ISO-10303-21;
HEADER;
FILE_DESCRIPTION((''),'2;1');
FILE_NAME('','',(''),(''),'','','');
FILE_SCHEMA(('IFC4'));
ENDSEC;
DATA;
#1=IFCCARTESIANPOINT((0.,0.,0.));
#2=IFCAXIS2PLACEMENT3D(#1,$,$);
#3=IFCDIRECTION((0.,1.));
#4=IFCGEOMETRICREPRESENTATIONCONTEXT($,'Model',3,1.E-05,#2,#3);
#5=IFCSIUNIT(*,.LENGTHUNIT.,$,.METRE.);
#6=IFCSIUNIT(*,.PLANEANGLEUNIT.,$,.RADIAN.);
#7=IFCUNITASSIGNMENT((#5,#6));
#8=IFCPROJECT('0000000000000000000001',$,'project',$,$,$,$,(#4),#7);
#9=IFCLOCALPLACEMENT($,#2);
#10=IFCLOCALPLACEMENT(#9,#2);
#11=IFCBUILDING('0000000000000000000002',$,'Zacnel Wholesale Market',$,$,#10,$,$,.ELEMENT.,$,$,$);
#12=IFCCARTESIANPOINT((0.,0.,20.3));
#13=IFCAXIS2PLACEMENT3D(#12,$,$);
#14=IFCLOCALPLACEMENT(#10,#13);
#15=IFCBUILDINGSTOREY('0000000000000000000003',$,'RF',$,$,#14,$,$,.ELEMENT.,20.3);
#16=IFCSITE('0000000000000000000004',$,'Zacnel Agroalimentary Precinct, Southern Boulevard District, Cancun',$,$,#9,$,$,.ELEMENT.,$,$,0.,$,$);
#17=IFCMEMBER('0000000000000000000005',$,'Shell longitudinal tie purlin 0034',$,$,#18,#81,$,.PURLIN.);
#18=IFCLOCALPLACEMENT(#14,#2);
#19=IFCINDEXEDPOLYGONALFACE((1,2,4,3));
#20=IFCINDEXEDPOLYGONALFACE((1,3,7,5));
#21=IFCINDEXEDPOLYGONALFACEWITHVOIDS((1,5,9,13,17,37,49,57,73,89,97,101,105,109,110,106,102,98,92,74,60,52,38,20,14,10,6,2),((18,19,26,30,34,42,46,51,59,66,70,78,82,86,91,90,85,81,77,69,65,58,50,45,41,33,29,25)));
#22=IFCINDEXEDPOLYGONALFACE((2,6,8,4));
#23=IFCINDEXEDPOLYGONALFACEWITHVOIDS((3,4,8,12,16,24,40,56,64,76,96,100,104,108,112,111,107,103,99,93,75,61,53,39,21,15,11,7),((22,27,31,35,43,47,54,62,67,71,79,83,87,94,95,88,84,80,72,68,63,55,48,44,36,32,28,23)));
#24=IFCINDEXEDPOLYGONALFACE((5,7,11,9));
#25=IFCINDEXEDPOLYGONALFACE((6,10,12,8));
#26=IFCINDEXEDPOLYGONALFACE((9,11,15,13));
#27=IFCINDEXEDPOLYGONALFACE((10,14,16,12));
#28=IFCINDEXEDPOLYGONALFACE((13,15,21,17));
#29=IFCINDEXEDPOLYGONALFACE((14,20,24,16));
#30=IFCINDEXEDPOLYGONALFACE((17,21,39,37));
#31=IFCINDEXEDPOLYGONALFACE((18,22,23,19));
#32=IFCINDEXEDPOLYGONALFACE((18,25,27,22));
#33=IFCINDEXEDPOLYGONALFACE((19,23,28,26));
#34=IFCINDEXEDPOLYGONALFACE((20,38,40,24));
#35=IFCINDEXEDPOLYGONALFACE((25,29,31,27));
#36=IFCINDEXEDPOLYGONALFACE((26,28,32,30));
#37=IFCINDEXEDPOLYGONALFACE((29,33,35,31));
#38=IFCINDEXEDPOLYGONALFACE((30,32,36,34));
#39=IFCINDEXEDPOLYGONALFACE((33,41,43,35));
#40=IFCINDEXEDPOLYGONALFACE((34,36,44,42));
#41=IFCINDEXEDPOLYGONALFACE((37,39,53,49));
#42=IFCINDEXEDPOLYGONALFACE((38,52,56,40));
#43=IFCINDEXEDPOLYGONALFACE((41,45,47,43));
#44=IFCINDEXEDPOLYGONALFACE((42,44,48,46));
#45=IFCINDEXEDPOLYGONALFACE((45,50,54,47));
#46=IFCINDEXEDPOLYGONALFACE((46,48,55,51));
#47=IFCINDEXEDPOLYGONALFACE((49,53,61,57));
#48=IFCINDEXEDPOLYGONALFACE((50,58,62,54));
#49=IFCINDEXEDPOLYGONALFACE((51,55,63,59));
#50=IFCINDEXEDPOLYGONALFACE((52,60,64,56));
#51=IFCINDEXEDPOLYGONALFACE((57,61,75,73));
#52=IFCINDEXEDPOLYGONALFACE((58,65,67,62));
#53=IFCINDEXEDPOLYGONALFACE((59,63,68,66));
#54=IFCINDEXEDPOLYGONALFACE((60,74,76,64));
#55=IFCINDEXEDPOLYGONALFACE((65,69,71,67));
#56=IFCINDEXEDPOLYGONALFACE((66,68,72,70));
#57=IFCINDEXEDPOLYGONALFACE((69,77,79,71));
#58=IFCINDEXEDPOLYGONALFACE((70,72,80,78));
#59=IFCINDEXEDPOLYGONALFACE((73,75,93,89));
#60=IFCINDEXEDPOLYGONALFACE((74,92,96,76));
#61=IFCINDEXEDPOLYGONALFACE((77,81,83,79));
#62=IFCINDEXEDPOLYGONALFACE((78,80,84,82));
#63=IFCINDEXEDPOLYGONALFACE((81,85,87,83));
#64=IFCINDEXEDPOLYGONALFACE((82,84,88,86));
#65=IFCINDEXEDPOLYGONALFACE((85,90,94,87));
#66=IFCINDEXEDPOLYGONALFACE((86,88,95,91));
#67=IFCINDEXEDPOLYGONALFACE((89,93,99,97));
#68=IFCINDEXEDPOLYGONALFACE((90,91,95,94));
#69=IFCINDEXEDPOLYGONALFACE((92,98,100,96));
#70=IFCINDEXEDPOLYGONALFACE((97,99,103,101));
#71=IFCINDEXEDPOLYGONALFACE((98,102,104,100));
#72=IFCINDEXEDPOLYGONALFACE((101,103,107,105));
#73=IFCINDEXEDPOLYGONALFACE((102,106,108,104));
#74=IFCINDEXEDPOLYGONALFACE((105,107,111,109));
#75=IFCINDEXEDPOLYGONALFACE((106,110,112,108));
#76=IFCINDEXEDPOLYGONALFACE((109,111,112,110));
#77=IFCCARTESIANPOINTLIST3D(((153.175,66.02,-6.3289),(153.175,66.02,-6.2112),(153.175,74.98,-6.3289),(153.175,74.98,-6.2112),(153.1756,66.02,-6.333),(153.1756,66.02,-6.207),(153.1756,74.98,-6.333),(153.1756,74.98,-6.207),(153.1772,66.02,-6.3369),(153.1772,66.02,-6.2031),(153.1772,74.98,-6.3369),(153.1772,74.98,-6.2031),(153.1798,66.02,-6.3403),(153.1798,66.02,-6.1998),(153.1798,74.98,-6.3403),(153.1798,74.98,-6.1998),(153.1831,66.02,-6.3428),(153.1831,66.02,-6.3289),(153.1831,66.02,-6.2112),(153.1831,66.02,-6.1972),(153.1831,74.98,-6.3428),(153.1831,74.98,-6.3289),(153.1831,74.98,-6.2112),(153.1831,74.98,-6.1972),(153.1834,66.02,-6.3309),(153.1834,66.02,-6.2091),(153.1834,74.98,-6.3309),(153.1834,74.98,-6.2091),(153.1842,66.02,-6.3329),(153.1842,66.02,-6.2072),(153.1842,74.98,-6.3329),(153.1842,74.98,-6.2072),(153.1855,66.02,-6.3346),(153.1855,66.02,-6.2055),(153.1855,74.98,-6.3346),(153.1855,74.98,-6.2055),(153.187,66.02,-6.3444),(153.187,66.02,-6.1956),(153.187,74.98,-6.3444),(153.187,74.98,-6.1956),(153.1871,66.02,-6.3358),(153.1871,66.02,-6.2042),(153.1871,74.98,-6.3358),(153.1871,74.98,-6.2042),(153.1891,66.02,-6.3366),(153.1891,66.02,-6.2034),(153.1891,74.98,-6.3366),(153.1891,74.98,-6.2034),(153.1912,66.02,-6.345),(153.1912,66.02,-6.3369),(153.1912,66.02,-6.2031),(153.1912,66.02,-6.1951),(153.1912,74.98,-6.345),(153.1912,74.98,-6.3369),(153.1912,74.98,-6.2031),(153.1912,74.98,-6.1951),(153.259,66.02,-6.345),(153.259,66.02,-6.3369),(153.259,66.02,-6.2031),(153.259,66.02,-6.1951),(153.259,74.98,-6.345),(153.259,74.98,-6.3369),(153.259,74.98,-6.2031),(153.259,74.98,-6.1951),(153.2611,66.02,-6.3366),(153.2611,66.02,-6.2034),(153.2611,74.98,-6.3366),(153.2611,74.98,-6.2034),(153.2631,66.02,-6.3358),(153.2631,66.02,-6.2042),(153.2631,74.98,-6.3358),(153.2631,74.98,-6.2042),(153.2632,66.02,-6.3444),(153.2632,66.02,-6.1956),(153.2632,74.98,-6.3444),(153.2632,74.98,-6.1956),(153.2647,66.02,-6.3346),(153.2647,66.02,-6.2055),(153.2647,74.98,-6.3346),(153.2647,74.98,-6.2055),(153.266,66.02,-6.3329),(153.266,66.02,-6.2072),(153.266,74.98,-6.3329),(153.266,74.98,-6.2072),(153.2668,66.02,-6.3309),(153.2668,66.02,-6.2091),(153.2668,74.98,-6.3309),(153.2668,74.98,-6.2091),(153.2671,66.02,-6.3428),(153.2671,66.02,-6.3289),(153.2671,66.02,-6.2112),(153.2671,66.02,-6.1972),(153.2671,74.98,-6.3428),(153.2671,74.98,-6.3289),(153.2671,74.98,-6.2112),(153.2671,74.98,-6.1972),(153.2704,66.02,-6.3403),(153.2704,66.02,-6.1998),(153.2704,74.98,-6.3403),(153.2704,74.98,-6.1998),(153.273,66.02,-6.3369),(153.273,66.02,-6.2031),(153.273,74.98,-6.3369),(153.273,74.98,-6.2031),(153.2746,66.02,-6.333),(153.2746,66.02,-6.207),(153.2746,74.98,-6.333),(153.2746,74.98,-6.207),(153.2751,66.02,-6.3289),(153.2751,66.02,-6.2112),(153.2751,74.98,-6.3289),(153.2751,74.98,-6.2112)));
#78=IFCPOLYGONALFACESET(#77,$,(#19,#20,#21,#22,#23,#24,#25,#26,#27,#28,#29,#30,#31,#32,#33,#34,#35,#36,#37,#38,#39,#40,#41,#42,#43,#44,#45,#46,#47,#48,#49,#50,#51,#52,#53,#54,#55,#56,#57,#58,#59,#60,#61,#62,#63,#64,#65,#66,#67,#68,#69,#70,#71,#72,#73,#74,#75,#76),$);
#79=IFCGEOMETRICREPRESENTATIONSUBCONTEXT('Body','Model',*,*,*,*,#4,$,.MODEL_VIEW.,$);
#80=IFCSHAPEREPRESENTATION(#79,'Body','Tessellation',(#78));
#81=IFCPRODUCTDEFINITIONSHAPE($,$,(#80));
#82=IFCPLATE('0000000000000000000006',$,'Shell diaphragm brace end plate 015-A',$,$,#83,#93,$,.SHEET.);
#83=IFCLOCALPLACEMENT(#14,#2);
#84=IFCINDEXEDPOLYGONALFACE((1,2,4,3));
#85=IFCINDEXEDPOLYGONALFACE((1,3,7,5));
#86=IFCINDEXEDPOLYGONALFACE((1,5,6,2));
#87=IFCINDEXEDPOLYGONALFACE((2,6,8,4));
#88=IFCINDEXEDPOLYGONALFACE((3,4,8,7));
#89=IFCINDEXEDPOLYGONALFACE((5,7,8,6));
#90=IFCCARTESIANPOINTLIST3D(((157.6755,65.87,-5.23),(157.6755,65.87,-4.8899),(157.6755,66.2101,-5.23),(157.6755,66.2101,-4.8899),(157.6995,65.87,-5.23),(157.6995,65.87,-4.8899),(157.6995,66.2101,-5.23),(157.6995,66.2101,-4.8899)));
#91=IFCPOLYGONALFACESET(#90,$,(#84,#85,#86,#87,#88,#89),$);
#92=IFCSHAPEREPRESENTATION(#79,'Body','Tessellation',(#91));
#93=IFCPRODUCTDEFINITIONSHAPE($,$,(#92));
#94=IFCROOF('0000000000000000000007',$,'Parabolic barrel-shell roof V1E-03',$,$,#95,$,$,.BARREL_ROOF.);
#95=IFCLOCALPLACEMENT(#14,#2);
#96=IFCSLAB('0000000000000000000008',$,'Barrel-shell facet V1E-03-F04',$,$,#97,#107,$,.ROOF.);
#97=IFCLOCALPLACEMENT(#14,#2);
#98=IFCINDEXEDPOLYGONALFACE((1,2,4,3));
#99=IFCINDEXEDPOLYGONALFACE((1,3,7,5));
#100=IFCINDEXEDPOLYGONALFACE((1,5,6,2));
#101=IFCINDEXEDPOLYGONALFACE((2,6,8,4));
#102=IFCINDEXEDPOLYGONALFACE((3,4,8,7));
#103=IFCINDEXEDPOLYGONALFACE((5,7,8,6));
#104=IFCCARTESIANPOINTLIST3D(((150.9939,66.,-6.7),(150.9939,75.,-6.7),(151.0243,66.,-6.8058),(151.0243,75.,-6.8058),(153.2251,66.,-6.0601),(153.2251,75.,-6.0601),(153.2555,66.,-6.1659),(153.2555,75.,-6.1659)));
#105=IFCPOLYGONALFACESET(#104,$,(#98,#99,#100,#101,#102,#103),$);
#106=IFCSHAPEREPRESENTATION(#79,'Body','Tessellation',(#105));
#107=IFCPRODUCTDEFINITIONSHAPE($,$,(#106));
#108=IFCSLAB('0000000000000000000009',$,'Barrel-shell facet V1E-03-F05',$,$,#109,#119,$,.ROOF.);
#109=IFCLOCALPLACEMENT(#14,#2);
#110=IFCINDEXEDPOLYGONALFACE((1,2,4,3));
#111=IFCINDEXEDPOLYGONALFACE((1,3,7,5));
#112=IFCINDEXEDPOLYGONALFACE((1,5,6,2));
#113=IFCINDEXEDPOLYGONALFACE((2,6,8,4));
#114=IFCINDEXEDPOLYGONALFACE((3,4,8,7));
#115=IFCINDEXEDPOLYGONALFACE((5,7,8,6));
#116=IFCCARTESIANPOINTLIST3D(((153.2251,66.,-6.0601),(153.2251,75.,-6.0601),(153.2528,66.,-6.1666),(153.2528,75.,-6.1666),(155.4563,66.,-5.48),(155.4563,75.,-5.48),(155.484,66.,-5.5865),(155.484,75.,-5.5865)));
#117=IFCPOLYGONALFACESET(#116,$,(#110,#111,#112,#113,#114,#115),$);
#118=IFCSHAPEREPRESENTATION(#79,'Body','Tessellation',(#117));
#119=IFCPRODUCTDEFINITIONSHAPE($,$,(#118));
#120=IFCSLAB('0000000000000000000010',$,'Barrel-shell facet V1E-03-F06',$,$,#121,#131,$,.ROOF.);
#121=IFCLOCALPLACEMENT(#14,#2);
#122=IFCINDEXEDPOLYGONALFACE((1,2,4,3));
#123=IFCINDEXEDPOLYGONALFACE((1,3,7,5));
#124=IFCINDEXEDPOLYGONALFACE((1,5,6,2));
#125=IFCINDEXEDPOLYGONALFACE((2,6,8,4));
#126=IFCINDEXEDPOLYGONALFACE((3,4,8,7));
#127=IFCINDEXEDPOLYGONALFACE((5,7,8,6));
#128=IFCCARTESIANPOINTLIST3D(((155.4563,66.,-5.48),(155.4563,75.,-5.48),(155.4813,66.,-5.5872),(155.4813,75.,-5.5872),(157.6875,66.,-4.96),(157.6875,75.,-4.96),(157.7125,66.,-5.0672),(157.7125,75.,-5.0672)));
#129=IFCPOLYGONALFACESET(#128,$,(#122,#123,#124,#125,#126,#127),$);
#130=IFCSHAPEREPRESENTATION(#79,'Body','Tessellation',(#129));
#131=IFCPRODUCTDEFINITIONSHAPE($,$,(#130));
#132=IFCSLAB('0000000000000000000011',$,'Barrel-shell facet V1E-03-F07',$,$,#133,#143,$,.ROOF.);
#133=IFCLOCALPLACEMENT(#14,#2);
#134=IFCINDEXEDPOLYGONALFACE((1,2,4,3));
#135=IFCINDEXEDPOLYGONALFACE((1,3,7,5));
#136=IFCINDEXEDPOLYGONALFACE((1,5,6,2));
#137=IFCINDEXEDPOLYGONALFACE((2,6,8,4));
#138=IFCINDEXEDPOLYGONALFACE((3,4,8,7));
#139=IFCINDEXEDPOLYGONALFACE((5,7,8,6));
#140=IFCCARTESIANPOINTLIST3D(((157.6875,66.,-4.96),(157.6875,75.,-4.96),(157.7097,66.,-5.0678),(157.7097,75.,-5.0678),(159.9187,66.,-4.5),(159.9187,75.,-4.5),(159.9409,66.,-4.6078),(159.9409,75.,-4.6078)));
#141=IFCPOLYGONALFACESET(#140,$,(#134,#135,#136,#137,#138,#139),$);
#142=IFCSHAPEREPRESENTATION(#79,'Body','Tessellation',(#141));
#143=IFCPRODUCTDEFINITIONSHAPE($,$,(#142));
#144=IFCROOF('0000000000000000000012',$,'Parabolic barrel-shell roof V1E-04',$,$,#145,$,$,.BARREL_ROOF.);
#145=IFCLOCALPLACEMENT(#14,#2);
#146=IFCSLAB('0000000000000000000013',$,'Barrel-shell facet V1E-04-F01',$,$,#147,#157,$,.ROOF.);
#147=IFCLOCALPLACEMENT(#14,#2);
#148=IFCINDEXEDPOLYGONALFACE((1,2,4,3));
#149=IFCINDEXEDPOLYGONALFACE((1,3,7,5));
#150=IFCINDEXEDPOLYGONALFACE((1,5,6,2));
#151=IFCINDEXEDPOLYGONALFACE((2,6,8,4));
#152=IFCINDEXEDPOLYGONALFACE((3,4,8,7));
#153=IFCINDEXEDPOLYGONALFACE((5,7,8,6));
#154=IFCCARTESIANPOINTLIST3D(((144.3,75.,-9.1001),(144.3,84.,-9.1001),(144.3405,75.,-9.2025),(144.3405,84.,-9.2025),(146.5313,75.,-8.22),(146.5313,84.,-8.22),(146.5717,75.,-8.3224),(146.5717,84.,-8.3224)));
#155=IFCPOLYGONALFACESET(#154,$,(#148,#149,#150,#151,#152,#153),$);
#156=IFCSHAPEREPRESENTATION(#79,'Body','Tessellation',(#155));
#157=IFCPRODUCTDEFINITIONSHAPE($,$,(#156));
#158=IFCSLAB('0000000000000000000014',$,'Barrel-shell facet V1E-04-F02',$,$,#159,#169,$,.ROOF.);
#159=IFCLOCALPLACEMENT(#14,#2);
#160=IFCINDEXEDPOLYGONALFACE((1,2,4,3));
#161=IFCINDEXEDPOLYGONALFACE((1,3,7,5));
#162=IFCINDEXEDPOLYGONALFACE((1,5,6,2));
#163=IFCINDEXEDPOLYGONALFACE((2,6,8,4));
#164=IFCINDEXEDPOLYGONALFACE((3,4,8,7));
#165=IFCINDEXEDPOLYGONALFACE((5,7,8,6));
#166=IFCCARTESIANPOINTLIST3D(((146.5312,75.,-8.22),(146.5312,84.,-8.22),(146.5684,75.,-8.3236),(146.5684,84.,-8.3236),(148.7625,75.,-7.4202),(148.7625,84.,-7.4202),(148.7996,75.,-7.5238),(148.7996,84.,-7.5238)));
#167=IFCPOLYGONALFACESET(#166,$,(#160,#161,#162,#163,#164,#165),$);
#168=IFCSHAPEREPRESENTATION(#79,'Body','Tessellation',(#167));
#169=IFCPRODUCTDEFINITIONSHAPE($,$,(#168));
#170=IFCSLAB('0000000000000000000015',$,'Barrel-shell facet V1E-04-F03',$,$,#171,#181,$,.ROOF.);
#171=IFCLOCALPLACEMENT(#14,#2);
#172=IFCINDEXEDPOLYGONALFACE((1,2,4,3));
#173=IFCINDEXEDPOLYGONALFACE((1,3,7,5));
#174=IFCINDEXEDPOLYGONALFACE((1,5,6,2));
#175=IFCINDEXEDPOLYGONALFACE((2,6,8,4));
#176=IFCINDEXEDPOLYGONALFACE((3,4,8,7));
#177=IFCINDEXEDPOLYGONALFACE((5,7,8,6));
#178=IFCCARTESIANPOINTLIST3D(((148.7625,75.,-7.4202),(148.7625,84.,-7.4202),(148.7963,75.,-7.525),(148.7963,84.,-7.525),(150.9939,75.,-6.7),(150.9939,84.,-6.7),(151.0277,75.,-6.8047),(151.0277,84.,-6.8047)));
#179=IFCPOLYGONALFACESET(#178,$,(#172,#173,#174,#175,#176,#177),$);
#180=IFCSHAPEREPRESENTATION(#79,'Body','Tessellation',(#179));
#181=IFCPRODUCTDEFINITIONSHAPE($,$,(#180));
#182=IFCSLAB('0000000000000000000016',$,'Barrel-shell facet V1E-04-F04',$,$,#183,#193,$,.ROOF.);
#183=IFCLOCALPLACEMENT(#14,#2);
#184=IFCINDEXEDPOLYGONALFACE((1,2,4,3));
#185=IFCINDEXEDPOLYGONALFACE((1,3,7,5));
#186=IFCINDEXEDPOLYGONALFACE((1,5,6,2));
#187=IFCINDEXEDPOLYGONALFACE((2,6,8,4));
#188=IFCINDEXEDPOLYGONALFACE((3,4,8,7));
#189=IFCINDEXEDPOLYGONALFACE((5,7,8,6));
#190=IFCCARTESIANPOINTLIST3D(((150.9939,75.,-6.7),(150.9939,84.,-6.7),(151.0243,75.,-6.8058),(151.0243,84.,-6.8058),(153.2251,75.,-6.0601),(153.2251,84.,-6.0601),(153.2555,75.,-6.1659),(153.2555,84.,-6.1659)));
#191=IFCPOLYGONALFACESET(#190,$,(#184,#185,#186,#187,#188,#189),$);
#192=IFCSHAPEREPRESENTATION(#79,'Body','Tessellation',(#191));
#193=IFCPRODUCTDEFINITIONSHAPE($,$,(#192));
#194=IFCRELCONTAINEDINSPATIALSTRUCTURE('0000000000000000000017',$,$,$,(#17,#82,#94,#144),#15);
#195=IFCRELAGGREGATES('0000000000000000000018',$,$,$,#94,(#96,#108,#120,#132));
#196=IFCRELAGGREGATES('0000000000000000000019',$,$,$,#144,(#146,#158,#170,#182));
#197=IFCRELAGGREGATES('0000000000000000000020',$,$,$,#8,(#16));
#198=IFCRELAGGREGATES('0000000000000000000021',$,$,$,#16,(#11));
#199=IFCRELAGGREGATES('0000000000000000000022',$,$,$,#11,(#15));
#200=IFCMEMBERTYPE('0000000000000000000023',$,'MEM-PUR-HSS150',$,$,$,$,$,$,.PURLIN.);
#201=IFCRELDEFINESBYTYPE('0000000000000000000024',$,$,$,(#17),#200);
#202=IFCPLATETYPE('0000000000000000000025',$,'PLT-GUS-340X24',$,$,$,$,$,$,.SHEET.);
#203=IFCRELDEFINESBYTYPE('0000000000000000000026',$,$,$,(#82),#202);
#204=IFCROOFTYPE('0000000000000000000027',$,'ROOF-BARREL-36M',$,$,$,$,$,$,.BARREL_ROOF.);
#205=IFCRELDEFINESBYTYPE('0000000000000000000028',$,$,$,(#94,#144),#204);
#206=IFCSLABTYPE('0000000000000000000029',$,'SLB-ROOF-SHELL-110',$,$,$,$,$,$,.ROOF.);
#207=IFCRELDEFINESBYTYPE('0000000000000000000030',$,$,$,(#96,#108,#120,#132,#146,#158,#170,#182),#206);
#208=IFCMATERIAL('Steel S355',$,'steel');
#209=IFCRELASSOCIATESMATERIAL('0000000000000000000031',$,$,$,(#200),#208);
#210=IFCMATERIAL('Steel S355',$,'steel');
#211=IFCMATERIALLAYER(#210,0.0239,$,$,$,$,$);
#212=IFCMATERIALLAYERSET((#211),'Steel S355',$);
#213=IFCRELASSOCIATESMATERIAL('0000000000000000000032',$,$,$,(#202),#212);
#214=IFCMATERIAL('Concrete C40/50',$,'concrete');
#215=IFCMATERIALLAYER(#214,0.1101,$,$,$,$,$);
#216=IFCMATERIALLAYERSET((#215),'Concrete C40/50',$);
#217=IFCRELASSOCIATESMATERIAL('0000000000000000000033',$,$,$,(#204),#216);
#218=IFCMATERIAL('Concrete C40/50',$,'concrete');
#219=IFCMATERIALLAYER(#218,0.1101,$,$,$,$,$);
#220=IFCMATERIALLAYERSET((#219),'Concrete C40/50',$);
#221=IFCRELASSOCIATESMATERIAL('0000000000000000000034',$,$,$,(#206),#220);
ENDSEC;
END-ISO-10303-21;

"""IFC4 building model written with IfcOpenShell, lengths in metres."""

from ifc_helpers import new_model, si_unit, direction, frame, origin, origin_2d, place, context, subcontext, project, spatial, polyline, rectangle, hollow_rectangle, outline, extrude, material, layer, layer_set, material_profile, profile_set, type_object, element, aggregate, save


model = new_model("IFC4")

# Units and contexts
model_context = context("Model", 3, precision=1e-05, world=origin(), true_north=direction((0.0, 1.0)))
body_context = subcontext(model_context, "Body", "Model", "MODEL_VIEW")
ifc_project = project(units=[si_unit("LENGTHUNIT", "METRE"), si_unit("PLANEANGLEUNIT", "RADIAN")], contexts=[model_context])

# Site, building, storey
site_placement = place(None, origin())
site = spatial("IfcSite", under=ifc_project, at=site_placement, Name="Zacnel Agroalimentary Precinct, Southern Boulevard District, Cancun", CompositionType="ELEMENT", RefElevation=0.0)
building_placement = place(site_placement, origin())
building = spatial("IfcBuilding", under=site, at=building_placement, Name="Zacnel Wholesale Market", CompositionType="ELEMENT")
storey_placement = place(building_placement, frame((0.0, 0.0, 20.3)))
storey = spatial("IfcBuildingStorey", under=building, at=storey_placement, Name="RF", CompositionType="ELEMENT", Elevation=20.3)

# Member
ifc_material_1 = material(Name="Steel S355", Category="steel")
ifc_material_profile_1 = material_profile(ifc_material_1, hollow_rectangle(XDim=0.1001, YDim=0.1499, WallThickness=0.0081, InnerFilletRadius=0.0081, OuterFilletRadius=0.0161, at=origin_2d()), Name="HSS 150x100x8")
ifc_profile_set_1 = profile_set([ifc_material_profile_1], Name="Steel S355")
member_type_1 = type_object("IfcMemberType", Name="MEM-PUR-HSS150", PredefinedType="PURLIN", material=ifc_profile_set_1)
member_1_placement = place(storey_placement, frame((153.2251, 66.02, -6.27), z_axis=(0.0, 1.0, 0.0), x_axis=(-1.0, 0.0, 0.0)))
element("IfcMember", 1, at=member_1_placement, inside=storey, type_object=member_type_1, Name="Shell longitudinal tie purlin 0034", PredefinedType="PURLIN", context=body_context, shape_type="SweptSolid", body=[
    extrude(hollow_rectangle(XDim=0.1001, YDim=0.1499, WallThickness=0.0081, InnerFilletRadius=0.0081, OuterFilletRadius=0.0161, at=origin_2d()), origin(), (0.0, 0.0, 1.0), 8.96),
])

# Plate
ifc_material_2 = material(Name="Steel S355", Category="steel")
ifc_layer_1 = layer(ifc_material_2, 0.0239)
ifc_layer_set_1 = layer_set([ifc_layer_1], Name="Steel S355")
plate_type = type_object("IfcPlateType", Name="PLT-GUS-340X24", PredefinedType="SHEET", material=ifc_layer_set_1)
plate_placement = place(storey_placement, frame((157.6875, 66.04, -5.23), z_axis=(0.0, 0.0, 1.0), x_axis=(0.0, 1.0, 0.0)))
element("IfcPlate", 2, at=plate_placement, inside=storey, type_object=plate_type, Name="Shell diaphragm brace end plate 015-A", PredefinedType="SHEET", context=body_context, shape_type="SweptSolid", body=[
    extrude(rectangle(XDim=0.3401, YDim=0.0239, at=origin_2d()), origin(), (0.0, 0.0, 1.0), 0.3401),
])

# Roofs, slabs
ifc_material_3 = material(Name="Concrete C40/50", Category="concrete")
ifc_layer_2 = layer(ifc_material_3, 0.1101)
ifc_layer_set_2 = layer_set([ifc_layer_2], Name="Concrete C40/50")
roof_type = type_object("IfcRoofType", Name="ROOF-BARREL-36M", PredefinedType="BARREL_ROOF", material=ifc_layer_set_2)
roof_1_placement = place(storey_placement, origin())
roof_1 = element("IfcRoof", 3, at=roof_1_placement, inside=storey, type_object=roof_type, Name="Parabolic barrel-shell roof V1E-03", PredefinedType="BARREL_ROOF")
ifc_material_4 = material(Name="Concrete C40/50", Category="concrete")
ifc_layer_3 = layer(ifc_material_4, 0.1101)
ifc_layer_set_3 = layer_set([ifc_layer_3], Name="Concrete C40/50")
slab_type = type_object("IfcSlabType", Name="SLB-ROOF-SHELL-110", PredefinedType="ROOF", material=ifc_layer_set_3)
slab_1_placement = place(storey_placement, frame((150.9939, 66.0, -6.7), z_axis=(-0.27568, 0.0, 0.96125), x_axis=(0.0, 1.0, 0.0)))
slab_1 = element("IfcSlab", 4, at=slab_1_placement, type_object=slab_type, Name="Barrel-shell facet V1E-03-F04", PredefinedType="ROOF", context=body_context, shape_type="SweptSolid", body=[
    extrude(outline(polyline([(0.0, 0.0), (9.0, 0.0), (9.0, -2.3211), (0.0, -2.3211), (0.0, 0.0)])), origin(), (0.0, 0.0, -1.0), 0.1101),
])
slab_2_placement = place(storey_placement, frame((153.2251, 66.0, -6.0601), z_axis=(-0.25162, 0.0, 0.967826), x_axis=(0.0, 1.0, 0.0)))
slab_2 = element("IfcSlab", 5, at=slab_2_placement, type_object=slab_type, Name="Barrel-shell facet V1E-03-F05", PredefinedType="ROOF", context=body_context, shape_type="SweptSolid", body=[
    extrude(outline(polyline([(0.0, 0.0), (9.0, 0.0), (9.0, -2.3054), (0.0, -2.3054), (0.0, 0.0)])), origin(), (0.0, 0.0, -1.0), 0.1101),
])
slab_3_placement = place(storey_placement, frame((155.4563, 66.0, -5.48), z_axis=(-0.226984, 0.0, 0.973899), x_axis=(0.0, 1.0, 0.0)))
slab_3 = element("IfcSlab", 6, at=slab_3_placement, type_object=slab_type, Name="Barrel-shell facet V1E-03-F06", PredefinedType="ROOF", context=body_context, shape_type="SweptSolid", body=[
    extrude(outline(polyline([(0.0, 0.0), (9.0, 0.0), (9.0, -2.291), (0.0, -2.291), (0.0, 0.0)])), origin(), (0.0, 0.0, -1.0), 0.1101),
])
slab_4_placement = place(storey_placement, frame((157.6875, 66.0, -4.96), z_axis=(-0.201904, 0.0, 0.979405), x_axis=(0.0, 1.0, 0.0)))
slab_4 = element("IfcSlab", 7, at=slab_4_placement, type_object=slab_type, Name="Barrel-shell facet V1E-03-F07", PredefinedType="ROOF", context=body_context, shape_type="SweptSolid", body=[
    extrude(outline(polyline([(0.0, 0.0), (9.0, 0.0), (9.0, -2.2781), (0.0, -2.2781), (0.0, 0.0)])), origin(), (0.0, 0.0, -1.0), 0.1101),
])
aggregate(roof_1, [slab_1, slab_2, slab_3, slab_4])
roof_2_placement = place(storey_placement, origin())
roof_2 = element("IfcRoof", 8, at=roof_2_placement, inside=storey, type_object=roof_type, Name="Parabolic barrel-shell roof V1E-04", PredefinedType="BARREL_ROOF")
slab_5_placement = place(storey_placement, frame((144.3, 75.0, -9.1001), z_axis=(-0.366946, 0.0, 0.930242), x_axis=(0.0, 1.0, 0.0)))
slab_5 = element("IfcSlab", 9, at=slab_5_placement, type_object=slab_type, Name="Barrel-shell facet V1E-04-F01", PredefinedType="ROOF", context=body_context, shape_type="SweptSolid", body=[
    extrude(outline(polyline([(0.0, 0.0), (9.0, 0.0), (9.0, -2.3985), (0.0, -2.3985), (0.0, 0.0)])), origin(), (0.0, 0.0, -1.0), 0.1101),
])
slab_6_placement = place(storey_placement, frame((146.5312, 75.0, -8.22), z_axis=(-0.337439, 0.0, 0.941347), x_axis=(0.0, 1.0, 0.0)))
slab_6 = element("IfcSlab", 10, at=slab_6_placement, type_object=slab_type, Name="Barrel-shell facet V1E-04-F02", PredefinedType="ROOF", context=body_context, shape_type="SweptSolid", body=[
    extrude(outline(polyline([(0.0, 0.0), (9.0, 0.0), (9.0, -2.3702), (0.0, -2.3702), (0.0, 0.0)])), origin(), (0.0, 0.0, -1.0), 0.1101),
])
slab_7_placement = place(storey_placement, frame((148.7625, 75.0, -7.4202), z_axis=(-0.307155, 0.0, 0.95166), x_axis=(0.0, 1.0, 0.0)))
slab_7 = element("IfcSlab", 11, at=slab_7_placement, type_object=slab_type, Name="Barrel-shell facet V1E-04-F03", PredefinedType="ROOF", context=body_context, shape_type="SweptSolid", body=[
    extrude(outline(polyline([(0.0, 0.0), (9.0, 0.0), (9.0, -2.3448), (0.0, -2.3448), (0.0, 0.0)])), origin(), (0.0, 0.0, -1.0), 0.1101),
])
slab_8_placement = place(storey_placement, frame((150.9939, 75.0, -6.7), z_axis=(-0.27568, 0.0, 0.96125), x_axis=(0.0, 1.0, 0.0)))
slab_8 = element("IfcSlab", 12, at=slab_8_placement, type_object=slab_type, Name="Barrel-shell facet V1E-04-F04", PredefinedType="ROOF", context=body_context, shape_type="SweptSolid", body=[
    extrude(outline(polyline([(0.0, 0.0), (9.0, 0.0), (9.0, -2.3211), (0.0, -2.3211), (0.0, 0.0)])), origin(), (0.0, 0.0, -1.0), 0.1101),
])
aggregate(roof_2, [slab_5, slab_6, slab_7, slab_8])

save(model, "model.ifc")
